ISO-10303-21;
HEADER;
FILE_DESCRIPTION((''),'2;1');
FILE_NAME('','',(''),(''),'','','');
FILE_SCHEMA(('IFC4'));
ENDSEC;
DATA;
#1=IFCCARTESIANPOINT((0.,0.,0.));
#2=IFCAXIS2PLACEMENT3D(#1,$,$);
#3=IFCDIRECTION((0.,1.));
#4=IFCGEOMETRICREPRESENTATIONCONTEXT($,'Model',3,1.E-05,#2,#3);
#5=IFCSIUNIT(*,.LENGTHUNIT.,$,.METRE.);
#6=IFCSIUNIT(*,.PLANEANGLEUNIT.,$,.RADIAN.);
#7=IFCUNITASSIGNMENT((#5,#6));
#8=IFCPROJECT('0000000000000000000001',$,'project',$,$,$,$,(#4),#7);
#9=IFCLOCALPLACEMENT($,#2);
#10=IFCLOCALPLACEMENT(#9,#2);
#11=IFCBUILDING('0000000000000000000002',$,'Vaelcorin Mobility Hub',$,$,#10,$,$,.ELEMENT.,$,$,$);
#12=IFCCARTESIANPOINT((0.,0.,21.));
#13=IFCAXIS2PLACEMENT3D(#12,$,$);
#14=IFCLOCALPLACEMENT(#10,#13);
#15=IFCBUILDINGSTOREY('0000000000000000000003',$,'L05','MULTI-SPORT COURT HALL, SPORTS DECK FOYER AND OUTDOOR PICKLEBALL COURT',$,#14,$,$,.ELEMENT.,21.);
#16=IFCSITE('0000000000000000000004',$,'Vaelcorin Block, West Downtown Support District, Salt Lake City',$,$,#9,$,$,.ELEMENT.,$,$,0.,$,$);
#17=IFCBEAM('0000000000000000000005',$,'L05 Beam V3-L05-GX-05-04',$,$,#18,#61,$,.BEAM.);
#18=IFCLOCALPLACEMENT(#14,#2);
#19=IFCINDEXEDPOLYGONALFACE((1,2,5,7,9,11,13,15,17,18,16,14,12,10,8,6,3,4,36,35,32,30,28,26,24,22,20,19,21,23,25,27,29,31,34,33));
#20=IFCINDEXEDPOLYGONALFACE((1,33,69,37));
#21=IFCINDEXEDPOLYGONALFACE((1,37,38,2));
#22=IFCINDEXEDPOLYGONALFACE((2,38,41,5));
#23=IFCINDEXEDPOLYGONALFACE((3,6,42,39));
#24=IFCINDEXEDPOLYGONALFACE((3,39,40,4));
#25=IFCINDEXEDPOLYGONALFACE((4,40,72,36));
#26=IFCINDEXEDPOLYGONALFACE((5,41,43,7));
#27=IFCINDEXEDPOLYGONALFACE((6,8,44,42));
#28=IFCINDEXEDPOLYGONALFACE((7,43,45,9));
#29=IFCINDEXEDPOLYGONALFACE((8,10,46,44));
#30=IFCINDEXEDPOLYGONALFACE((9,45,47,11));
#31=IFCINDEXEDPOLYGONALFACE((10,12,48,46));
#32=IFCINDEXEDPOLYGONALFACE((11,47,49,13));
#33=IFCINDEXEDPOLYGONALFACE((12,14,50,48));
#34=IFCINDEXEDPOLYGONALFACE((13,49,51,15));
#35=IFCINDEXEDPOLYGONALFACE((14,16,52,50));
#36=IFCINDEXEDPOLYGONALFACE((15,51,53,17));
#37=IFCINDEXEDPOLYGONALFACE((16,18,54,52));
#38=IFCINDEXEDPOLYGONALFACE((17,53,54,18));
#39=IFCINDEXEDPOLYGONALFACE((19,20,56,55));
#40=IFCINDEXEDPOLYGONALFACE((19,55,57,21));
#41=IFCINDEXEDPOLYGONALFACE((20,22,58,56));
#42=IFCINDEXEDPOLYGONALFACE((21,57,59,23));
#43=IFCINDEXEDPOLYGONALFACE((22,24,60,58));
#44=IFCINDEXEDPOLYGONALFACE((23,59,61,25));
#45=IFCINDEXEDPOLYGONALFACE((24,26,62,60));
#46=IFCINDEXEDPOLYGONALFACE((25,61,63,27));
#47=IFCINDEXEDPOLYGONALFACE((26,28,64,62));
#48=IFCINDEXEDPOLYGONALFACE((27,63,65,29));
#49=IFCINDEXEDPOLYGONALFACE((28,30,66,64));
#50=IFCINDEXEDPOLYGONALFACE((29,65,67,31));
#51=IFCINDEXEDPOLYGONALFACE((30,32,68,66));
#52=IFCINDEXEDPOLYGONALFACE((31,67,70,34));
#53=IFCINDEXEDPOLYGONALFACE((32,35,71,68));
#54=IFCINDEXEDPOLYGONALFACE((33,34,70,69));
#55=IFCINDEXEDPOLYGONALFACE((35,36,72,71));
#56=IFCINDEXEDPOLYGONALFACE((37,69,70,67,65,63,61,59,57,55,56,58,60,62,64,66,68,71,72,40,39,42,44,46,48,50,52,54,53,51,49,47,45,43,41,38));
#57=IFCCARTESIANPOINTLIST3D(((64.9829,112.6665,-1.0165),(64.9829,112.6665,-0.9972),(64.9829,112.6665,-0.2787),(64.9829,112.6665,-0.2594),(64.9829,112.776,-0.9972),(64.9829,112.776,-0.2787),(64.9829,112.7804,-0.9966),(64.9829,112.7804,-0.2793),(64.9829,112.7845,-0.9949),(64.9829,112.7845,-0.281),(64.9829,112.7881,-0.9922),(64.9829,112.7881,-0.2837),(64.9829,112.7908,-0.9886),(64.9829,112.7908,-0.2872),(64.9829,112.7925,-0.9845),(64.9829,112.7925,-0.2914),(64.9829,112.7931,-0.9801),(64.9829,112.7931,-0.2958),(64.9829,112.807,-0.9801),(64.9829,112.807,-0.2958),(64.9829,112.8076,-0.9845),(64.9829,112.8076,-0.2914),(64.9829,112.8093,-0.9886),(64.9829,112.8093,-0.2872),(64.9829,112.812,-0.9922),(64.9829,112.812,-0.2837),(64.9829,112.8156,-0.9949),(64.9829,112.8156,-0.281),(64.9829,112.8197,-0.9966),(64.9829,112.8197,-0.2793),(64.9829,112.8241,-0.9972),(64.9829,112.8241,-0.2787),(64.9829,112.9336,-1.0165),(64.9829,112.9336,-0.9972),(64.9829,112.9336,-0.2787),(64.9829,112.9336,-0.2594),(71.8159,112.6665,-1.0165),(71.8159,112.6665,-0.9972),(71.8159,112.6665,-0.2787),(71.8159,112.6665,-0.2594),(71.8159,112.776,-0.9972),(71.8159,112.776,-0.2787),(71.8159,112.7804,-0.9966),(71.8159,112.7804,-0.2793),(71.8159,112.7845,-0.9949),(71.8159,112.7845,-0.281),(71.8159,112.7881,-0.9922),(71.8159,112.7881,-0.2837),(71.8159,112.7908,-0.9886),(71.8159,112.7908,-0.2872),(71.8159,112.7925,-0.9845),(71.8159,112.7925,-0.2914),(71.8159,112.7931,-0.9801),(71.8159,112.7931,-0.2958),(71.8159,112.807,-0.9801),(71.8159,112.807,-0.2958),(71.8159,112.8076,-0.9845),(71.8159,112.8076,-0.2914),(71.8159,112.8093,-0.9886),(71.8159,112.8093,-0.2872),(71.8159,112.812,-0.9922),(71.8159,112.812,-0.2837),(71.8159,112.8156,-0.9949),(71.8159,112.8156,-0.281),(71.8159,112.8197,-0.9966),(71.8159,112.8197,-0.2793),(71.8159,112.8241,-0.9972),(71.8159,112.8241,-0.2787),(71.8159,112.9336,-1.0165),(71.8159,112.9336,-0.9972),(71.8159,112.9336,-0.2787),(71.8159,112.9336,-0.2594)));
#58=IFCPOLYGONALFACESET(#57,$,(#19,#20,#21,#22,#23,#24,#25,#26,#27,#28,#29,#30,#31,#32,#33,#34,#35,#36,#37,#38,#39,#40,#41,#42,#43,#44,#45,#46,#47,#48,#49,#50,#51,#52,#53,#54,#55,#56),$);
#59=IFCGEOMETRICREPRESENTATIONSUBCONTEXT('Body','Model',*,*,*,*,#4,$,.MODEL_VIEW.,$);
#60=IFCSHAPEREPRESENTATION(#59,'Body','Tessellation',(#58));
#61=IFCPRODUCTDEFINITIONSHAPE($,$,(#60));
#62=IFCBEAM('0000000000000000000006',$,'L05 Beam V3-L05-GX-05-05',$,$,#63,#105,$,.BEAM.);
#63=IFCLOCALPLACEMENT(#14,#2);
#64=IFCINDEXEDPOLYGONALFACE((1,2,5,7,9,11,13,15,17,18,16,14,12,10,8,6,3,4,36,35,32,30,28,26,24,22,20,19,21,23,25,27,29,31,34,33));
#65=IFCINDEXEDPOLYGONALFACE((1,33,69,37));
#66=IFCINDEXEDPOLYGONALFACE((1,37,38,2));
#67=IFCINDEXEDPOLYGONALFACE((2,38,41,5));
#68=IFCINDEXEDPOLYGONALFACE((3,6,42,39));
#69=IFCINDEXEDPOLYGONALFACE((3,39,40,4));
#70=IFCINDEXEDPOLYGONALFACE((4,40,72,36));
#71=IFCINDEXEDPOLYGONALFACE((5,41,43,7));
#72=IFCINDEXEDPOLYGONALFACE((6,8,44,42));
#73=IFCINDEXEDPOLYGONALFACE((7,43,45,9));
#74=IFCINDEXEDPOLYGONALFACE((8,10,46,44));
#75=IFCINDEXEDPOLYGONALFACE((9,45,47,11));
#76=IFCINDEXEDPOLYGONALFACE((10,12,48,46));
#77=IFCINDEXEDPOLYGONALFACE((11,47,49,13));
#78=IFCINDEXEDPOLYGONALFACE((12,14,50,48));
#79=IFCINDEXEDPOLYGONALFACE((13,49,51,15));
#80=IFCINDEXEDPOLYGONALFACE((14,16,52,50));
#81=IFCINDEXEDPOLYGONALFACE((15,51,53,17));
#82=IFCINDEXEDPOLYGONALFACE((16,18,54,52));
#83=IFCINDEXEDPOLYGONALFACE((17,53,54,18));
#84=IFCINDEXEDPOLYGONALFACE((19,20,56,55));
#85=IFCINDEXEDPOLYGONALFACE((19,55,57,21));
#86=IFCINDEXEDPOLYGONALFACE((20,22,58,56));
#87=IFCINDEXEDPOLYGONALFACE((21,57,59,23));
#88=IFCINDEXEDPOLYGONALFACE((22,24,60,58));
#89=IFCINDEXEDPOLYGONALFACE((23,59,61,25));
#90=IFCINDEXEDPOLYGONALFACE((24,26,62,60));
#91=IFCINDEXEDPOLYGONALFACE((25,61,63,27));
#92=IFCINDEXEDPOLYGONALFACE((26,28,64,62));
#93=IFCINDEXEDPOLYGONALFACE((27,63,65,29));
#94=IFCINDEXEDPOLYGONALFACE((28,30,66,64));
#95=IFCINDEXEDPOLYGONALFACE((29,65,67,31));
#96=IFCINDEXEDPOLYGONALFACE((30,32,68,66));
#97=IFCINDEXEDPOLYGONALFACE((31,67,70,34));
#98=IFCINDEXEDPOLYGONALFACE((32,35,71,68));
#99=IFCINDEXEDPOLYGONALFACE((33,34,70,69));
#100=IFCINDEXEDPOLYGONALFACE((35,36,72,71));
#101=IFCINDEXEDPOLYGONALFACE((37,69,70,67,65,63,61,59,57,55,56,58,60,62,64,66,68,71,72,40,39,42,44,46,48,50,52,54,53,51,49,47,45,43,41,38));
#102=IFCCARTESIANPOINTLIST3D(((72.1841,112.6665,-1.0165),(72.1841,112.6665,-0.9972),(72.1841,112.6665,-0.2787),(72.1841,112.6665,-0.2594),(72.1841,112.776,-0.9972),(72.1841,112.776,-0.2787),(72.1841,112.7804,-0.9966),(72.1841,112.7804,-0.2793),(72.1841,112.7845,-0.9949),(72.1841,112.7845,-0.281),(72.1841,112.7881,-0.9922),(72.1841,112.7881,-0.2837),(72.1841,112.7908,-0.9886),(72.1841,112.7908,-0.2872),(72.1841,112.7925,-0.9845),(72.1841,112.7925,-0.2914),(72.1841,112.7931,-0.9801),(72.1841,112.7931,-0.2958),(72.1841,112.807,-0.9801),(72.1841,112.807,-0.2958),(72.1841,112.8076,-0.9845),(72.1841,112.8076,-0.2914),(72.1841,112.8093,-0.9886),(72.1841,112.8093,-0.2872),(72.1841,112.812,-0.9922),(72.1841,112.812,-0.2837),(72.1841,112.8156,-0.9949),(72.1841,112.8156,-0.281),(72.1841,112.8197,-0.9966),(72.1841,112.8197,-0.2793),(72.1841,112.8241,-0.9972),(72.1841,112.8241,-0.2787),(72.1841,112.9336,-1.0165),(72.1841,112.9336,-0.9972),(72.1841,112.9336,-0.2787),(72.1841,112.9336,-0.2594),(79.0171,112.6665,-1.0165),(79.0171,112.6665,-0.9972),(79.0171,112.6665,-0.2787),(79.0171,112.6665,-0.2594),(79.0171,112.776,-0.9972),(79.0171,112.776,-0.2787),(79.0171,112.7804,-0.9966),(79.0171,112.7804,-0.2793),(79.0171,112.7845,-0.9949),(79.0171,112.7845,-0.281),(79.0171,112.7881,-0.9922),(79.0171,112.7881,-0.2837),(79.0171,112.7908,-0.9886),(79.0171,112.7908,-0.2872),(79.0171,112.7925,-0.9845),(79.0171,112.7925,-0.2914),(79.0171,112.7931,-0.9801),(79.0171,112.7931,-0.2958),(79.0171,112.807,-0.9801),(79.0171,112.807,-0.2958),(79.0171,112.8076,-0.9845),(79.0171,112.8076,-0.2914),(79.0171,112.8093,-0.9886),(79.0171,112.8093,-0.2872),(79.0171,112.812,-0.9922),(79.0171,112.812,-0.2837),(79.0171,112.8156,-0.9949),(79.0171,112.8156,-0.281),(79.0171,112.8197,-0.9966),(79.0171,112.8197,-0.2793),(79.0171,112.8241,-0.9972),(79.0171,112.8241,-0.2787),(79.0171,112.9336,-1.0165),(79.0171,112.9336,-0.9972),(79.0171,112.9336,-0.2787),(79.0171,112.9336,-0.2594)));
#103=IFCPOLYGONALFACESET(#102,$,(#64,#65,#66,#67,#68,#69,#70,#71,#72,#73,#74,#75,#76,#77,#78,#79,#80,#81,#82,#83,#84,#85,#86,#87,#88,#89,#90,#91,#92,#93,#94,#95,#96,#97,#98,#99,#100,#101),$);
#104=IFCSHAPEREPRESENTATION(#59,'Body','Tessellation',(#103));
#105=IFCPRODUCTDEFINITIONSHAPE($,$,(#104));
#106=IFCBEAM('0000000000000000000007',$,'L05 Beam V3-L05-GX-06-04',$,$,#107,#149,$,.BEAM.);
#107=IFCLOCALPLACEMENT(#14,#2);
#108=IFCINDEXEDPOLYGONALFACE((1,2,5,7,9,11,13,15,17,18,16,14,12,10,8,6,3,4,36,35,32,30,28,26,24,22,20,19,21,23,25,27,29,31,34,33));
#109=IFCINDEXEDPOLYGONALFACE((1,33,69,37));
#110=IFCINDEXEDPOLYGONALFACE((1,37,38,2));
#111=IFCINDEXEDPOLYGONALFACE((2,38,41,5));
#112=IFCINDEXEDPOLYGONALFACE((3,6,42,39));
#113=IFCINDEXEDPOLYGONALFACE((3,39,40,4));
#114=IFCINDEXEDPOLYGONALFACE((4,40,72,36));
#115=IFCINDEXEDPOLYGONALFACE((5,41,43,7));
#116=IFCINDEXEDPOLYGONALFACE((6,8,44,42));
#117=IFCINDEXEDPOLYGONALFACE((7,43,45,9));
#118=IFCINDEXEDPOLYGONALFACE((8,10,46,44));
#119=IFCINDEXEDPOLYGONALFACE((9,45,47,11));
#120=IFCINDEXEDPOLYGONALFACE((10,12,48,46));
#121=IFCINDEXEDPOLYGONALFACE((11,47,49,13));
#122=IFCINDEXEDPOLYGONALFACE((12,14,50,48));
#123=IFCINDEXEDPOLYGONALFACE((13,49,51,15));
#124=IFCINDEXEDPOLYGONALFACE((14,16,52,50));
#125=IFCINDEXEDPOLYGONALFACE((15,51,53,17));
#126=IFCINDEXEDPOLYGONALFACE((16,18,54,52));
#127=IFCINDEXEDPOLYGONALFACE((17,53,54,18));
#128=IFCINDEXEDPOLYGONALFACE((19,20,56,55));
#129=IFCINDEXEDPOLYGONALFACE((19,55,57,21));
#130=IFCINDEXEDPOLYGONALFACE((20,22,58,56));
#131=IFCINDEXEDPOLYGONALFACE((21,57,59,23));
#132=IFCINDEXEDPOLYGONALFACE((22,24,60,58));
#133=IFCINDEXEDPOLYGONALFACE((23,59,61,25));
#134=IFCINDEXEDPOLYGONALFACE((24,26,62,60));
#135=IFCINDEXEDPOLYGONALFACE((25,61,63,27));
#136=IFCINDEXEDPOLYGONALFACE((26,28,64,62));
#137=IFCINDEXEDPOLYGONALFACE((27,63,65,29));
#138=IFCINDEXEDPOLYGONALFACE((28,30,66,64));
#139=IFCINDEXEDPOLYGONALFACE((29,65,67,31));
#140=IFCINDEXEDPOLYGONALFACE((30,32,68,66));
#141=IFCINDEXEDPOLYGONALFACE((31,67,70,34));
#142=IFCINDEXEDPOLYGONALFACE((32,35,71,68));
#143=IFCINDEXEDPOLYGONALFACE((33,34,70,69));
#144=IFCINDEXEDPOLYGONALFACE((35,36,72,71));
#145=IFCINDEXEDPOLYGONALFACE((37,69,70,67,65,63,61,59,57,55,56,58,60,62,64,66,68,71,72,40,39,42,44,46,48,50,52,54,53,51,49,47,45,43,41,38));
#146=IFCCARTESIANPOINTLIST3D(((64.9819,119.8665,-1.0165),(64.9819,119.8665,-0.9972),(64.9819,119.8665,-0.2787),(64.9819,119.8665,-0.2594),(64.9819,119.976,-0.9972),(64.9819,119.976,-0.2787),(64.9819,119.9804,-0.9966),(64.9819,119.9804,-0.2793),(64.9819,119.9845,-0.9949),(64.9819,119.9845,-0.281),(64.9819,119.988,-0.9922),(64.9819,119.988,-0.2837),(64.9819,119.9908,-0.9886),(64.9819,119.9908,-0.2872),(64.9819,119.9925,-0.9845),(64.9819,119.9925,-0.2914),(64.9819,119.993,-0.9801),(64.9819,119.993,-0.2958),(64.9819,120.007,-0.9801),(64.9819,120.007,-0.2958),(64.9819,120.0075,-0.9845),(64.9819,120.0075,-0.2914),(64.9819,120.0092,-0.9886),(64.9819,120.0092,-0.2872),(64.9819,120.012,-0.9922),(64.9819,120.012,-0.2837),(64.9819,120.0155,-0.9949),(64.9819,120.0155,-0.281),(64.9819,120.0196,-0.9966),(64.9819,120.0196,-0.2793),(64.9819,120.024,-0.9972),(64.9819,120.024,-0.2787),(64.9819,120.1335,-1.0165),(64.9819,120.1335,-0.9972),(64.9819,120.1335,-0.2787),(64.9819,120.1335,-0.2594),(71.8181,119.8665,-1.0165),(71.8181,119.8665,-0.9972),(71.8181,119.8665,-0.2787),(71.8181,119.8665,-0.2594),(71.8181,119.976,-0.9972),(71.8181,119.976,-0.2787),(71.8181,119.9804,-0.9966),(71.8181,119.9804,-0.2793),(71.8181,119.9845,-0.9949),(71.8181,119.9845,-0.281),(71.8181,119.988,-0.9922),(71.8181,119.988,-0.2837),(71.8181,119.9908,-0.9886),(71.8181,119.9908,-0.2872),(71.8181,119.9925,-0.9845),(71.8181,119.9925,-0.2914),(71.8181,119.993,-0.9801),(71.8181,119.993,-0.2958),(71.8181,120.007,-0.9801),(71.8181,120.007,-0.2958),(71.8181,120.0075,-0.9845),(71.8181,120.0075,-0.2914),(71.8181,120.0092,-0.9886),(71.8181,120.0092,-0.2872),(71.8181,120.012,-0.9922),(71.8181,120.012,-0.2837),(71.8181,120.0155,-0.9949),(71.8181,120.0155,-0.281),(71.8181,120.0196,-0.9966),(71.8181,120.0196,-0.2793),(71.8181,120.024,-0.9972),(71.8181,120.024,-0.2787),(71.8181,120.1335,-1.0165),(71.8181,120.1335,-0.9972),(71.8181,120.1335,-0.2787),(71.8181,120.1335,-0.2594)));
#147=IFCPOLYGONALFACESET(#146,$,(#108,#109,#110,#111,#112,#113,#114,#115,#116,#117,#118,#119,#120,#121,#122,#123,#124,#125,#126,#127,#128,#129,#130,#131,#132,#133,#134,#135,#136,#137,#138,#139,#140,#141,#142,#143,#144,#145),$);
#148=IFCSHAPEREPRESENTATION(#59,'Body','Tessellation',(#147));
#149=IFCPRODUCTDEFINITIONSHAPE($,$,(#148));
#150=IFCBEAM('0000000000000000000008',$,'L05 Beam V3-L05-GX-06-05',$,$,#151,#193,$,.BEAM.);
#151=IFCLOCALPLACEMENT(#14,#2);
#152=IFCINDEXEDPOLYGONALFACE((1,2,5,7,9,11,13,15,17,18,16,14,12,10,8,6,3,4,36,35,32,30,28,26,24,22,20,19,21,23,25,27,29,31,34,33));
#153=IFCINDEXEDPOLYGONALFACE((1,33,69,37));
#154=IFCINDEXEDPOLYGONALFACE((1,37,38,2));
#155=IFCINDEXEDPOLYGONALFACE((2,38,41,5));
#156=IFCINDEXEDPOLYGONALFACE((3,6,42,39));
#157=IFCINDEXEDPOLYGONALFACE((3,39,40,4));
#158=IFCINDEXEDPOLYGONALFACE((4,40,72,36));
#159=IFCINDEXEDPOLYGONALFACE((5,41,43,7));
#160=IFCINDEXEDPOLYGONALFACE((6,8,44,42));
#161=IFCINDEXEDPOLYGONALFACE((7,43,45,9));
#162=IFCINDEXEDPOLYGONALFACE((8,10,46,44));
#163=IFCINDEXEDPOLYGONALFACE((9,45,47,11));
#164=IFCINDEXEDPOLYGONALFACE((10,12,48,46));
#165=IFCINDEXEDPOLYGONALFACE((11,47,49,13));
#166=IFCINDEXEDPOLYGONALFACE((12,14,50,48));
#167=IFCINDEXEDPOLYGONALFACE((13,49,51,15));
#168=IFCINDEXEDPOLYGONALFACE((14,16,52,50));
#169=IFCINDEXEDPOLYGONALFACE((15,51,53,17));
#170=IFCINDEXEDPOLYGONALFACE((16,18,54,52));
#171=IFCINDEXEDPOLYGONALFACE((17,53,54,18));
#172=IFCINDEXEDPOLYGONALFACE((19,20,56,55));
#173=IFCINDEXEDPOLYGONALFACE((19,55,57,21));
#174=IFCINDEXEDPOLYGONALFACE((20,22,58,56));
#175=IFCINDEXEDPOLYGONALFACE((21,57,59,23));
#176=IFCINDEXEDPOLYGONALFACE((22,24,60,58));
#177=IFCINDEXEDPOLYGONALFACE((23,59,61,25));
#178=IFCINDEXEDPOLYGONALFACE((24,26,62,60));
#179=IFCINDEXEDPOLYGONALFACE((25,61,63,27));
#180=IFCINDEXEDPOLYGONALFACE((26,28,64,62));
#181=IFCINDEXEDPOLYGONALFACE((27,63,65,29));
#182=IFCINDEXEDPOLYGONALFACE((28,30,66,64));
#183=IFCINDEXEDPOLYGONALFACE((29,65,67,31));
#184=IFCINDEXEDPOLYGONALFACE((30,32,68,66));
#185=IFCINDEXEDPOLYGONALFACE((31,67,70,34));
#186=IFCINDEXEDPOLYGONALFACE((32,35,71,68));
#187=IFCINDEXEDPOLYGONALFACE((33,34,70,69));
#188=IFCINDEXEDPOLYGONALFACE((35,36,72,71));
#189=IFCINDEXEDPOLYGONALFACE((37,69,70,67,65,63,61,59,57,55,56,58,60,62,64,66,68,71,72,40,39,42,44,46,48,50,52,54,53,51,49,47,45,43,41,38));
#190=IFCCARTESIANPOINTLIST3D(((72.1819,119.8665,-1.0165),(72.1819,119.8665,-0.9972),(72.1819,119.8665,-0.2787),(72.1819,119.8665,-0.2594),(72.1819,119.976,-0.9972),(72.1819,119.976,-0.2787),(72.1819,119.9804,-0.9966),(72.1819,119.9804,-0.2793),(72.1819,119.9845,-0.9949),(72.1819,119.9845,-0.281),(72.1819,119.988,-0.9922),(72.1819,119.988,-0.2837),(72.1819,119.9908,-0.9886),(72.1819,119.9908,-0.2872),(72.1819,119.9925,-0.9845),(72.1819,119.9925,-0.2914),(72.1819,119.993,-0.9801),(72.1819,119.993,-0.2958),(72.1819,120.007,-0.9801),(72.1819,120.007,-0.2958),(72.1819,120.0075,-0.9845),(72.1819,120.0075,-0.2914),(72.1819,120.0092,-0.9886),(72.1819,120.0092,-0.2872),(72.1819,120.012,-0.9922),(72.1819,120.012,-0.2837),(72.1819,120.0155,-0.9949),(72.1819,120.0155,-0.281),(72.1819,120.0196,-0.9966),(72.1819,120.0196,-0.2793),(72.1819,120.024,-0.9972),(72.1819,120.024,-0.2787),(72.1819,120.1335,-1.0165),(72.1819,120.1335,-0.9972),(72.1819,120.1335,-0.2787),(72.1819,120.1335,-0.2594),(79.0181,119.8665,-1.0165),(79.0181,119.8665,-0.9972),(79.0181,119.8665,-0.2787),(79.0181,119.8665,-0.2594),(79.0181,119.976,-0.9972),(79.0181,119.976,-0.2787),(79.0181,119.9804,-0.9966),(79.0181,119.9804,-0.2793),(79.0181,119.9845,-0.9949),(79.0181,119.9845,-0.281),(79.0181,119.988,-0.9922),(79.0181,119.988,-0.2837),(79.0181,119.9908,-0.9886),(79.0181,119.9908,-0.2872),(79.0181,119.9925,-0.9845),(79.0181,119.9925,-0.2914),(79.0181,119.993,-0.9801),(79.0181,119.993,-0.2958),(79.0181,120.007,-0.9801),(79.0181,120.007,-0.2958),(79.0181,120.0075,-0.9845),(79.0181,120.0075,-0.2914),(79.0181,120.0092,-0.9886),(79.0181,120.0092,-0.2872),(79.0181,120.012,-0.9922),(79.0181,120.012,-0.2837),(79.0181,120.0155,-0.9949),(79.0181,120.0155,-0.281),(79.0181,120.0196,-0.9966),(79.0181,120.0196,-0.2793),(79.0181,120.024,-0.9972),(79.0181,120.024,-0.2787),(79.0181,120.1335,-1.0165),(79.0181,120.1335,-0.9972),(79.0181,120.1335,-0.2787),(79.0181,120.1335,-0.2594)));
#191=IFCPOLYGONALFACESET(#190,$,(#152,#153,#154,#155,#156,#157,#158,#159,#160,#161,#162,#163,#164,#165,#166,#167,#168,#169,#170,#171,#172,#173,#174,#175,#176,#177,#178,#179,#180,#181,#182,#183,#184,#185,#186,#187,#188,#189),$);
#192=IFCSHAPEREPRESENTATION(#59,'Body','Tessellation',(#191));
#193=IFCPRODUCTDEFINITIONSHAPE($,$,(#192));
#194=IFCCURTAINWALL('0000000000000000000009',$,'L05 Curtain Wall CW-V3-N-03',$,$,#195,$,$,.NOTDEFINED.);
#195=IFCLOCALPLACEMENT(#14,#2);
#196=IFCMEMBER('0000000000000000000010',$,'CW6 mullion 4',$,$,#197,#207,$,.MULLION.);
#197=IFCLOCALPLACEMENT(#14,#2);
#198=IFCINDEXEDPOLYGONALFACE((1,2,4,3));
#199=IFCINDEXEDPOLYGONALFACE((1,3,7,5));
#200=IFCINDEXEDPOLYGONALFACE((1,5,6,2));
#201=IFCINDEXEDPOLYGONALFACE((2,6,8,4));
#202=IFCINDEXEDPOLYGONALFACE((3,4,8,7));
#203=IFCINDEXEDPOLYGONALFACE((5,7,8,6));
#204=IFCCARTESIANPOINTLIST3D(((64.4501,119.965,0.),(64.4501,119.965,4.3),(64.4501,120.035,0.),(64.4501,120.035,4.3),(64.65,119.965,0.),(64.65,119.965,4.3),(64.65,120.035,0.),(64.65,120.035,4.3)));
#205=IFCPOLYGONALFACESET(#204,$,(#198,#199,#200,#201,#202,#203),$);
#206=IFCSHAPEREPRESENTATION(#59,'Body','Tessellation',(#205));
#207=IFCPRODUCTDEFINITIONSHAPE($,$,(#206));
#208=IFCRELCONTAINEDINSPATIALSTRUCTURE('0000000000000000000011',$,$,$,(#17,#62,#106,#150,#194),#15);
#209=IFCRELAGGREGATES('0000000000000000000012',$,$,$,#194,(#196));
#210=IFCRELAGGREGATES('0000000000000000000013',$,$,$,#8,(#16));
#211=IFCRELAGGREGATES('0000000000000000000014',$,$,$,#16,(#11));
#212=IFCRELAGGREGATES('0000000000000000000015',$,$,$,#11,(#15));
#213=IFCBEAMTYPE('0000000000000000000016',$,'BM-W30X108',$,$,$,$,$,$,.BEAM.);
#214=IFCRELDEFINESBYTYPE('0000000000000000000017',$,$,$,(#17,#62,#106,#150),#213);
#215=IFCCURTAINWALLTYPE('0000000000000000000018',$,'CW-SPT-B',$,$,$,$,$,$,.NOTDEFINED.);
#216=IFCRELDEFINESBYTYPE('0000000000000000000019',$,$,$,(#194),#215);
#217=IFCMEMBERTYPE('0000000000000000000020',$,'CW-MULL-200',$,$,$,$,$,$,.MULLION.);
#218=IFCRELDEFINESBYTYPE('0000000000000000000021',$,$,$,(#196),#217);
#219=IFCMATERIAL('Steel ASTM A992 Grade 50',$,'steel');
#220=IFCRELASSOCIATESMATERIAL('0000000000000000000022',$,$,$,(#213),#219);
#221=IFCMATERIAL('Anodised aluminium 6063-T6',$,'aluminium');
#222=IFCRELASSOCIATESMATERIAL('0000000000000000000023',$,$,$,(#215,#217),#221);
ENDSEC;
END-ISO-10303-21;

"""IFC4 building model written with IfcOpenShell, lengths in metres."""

from ifc_helpers import new_model, si_unit, direction, frame, origin, origin_2d, place, context, subcontext, project, spatial, rectangle, i_section, extrude, material, material_profile, profile_set, type_object, element, aggregate, save


model = new_model("IFC4")

# Units and contexts
model_context = context("Model", 3, precision=1e-05, world=origin(), true_north=direction((0.0, 1.0)))
body_context = subcontext(model_context, "Body", "Model", "MODEL_VIEW")
ifc_project = project(units=[si_unit("LENGTHUNIT", "METRE"), si_unit("PLANEANGLEUNIT", "RADIAN")], contexts=[model_context])

# Site, building, storey
site_placement = place(None, origin())
site = spatial("IfcSite", under=ifc_project, at=site_placement, Name="Vaelcorin Block, West Downtown Support District, Salt Lake City", CompositionType="ELEMENT", RefElevation=0.0)
building_placement = place(site_placement, origin())
building = spatial("IfcBuilding", under=site, at=building_placement, Name="Vaelcorin Mobility Hub", CompositionType="ELEMENT")
storey_placement = place(building_placement, frame((0.0, 0.0, 21.0)))
storey = spatial("IfcBuildingStorey", under=building, at=storey_placement, Name="L05", Description="MULTI-SPORT COURT HALL, SPORTS DECK FOYER AND OUTDOOR PICKLEBALL COURT", CompositionType="ELEMENT", Elevation=21.0)

# Shared definitions
ifc_material_1 = material(Name="Steel ASTM A992 Grade 50", Category="steel")

# Beams
ifc_material_profile_1 = material_profile(ifc_material_1, i_section(OverallWidth=0.2671, OverallDepth=0.7571, WebThickness=0.0139, FlangeThickness=0.0193, FilletRadius=0.0171, at=origin_2d()), Name="W30X108")
ifc_profile_set_1 = profile_set([ifc_material_profile_1], Name="Steel ASTM A992 Grade 50")
beam_type_1 = type_object("IfcBeamType", Name="BM-W30X108", PredefinedType="BEAM", material=ifc_profile_set_1)
for number, where, z_axis, x_axis, name in (
    (1, (64.9829, 112.8, -0.6379), (1.0, 0.0, 0.0), (0.0, 1.0, 0.0), "L05 Beam V3-L05-GX-05-04"),
    (2, (72.1841, 112.8, -0.6379), (1.0, 0.0, 0.0), (0.0, 1.0, 0.0), "L05 Beam V3-L05-GX-05-05"),
):
    element("IfcBeam", number, at=place(storey_placement, frame(where, z_axis=z_axis, x_axis=x_axis)), inside=storey, type_object=beam_type_1, Name=name, PredefinedType="BEAM", context=body_context, shape_type="SweptSolid", body=[
        extrude(i_section(OverallWidth=0.2671, OverallDepth=0.7571, WebThickness=0.0139, FlangeThickness=0.0193, FilletRadius=0.0171, at=origin_2d()), origin(), (0.0, 0.0, 1.0), 6.833),
    ])
for number, where, z_axis, x_axis, name in (
    (3, (64.9819, 120.0, -0.6379), (1.0, 0.0, 0.0), (0.0, 1.0, 0.0), "L05 Beam V3-L05-GX-06-04"),
    (4, (72.1819, 120.0, -0.6379), (1.0, 0.0, 0.0), (0.0, 1.0, 0.0), "L05 Beam V3-L05-GX-06-05"),
):
    element("IfcBeam", number, at=place(storey_placement, frame(where, z_axis=z_axis, x_axis=x_axis)), inside=storey, type_object=beam_type_1, Name=name, PredefinedType="BEAM", context=body_context, shape_type="SweptSolid", body=[
        extrude(i_section(OverallWidth=0.2671, OverallDepth=0.7571, WebThickness=0.0139, FlangeThickness=0.0193, FilletRadius=0.0171, at=origin_2d()), origin(), (0.0, 0.0, 1.0), 6.8362),
    ])

# Curtain wall, member
ifc_material_2 = material(Name="Anodised aluminium 6063-T6", Category="aluminium")
curtain_wall_type = type_object("IfcCurtainWallType", Name="CW-SPT-B", PredefinedType="NOTDEFINED", material=ifc_material_2)
curtain_wall_placement = place(storey_placement, origin())
curtain_wall = element("IfcCurtainWall", 5, at=curtain_wall_placement, inside=storey, type_object=curtain_wall_type, Name="L05 Curtain Wall CW-V3-N-03", PredefinedType="NOTDEFINED")
ifc_material_profile_2 = material_profile(ifc_material_2, rectangle(XDim=0.0701, YDim=0.2, at=origin_2d()), Name="ALU-M70X200")
ifc_profile_set_2 = profile_set([ifc_material_profile_2], Name="Anodised aluminium 6063-T6")
member_type = type_object("IfcMemberType", Name="CW-MULL-200", PredefinedType="MULLION", material=ifc_profile_set_2)
member_placement = place(storey_placement, frame((64.55, 120.0, 0.0), z_axis=(0.0, 0.0, 1.0), x_axis=(0.0, 1.0, 0.0)))
member = element("IfcMember", 6, at=member_placement, type_object=member_type, Name="CW6 mullion 4", PredefinedType="MULLION", context=body_context, shape_type="SweptSolid", body=[
    extrude(rectangle(XDim=0.0701, YDim=0.2, at=origin_2d()), origin(), (0.0, 0.0, 1.0), 4.3),
])
aggregate(curtain_wall, [member])

save(model, "model.ifc")
